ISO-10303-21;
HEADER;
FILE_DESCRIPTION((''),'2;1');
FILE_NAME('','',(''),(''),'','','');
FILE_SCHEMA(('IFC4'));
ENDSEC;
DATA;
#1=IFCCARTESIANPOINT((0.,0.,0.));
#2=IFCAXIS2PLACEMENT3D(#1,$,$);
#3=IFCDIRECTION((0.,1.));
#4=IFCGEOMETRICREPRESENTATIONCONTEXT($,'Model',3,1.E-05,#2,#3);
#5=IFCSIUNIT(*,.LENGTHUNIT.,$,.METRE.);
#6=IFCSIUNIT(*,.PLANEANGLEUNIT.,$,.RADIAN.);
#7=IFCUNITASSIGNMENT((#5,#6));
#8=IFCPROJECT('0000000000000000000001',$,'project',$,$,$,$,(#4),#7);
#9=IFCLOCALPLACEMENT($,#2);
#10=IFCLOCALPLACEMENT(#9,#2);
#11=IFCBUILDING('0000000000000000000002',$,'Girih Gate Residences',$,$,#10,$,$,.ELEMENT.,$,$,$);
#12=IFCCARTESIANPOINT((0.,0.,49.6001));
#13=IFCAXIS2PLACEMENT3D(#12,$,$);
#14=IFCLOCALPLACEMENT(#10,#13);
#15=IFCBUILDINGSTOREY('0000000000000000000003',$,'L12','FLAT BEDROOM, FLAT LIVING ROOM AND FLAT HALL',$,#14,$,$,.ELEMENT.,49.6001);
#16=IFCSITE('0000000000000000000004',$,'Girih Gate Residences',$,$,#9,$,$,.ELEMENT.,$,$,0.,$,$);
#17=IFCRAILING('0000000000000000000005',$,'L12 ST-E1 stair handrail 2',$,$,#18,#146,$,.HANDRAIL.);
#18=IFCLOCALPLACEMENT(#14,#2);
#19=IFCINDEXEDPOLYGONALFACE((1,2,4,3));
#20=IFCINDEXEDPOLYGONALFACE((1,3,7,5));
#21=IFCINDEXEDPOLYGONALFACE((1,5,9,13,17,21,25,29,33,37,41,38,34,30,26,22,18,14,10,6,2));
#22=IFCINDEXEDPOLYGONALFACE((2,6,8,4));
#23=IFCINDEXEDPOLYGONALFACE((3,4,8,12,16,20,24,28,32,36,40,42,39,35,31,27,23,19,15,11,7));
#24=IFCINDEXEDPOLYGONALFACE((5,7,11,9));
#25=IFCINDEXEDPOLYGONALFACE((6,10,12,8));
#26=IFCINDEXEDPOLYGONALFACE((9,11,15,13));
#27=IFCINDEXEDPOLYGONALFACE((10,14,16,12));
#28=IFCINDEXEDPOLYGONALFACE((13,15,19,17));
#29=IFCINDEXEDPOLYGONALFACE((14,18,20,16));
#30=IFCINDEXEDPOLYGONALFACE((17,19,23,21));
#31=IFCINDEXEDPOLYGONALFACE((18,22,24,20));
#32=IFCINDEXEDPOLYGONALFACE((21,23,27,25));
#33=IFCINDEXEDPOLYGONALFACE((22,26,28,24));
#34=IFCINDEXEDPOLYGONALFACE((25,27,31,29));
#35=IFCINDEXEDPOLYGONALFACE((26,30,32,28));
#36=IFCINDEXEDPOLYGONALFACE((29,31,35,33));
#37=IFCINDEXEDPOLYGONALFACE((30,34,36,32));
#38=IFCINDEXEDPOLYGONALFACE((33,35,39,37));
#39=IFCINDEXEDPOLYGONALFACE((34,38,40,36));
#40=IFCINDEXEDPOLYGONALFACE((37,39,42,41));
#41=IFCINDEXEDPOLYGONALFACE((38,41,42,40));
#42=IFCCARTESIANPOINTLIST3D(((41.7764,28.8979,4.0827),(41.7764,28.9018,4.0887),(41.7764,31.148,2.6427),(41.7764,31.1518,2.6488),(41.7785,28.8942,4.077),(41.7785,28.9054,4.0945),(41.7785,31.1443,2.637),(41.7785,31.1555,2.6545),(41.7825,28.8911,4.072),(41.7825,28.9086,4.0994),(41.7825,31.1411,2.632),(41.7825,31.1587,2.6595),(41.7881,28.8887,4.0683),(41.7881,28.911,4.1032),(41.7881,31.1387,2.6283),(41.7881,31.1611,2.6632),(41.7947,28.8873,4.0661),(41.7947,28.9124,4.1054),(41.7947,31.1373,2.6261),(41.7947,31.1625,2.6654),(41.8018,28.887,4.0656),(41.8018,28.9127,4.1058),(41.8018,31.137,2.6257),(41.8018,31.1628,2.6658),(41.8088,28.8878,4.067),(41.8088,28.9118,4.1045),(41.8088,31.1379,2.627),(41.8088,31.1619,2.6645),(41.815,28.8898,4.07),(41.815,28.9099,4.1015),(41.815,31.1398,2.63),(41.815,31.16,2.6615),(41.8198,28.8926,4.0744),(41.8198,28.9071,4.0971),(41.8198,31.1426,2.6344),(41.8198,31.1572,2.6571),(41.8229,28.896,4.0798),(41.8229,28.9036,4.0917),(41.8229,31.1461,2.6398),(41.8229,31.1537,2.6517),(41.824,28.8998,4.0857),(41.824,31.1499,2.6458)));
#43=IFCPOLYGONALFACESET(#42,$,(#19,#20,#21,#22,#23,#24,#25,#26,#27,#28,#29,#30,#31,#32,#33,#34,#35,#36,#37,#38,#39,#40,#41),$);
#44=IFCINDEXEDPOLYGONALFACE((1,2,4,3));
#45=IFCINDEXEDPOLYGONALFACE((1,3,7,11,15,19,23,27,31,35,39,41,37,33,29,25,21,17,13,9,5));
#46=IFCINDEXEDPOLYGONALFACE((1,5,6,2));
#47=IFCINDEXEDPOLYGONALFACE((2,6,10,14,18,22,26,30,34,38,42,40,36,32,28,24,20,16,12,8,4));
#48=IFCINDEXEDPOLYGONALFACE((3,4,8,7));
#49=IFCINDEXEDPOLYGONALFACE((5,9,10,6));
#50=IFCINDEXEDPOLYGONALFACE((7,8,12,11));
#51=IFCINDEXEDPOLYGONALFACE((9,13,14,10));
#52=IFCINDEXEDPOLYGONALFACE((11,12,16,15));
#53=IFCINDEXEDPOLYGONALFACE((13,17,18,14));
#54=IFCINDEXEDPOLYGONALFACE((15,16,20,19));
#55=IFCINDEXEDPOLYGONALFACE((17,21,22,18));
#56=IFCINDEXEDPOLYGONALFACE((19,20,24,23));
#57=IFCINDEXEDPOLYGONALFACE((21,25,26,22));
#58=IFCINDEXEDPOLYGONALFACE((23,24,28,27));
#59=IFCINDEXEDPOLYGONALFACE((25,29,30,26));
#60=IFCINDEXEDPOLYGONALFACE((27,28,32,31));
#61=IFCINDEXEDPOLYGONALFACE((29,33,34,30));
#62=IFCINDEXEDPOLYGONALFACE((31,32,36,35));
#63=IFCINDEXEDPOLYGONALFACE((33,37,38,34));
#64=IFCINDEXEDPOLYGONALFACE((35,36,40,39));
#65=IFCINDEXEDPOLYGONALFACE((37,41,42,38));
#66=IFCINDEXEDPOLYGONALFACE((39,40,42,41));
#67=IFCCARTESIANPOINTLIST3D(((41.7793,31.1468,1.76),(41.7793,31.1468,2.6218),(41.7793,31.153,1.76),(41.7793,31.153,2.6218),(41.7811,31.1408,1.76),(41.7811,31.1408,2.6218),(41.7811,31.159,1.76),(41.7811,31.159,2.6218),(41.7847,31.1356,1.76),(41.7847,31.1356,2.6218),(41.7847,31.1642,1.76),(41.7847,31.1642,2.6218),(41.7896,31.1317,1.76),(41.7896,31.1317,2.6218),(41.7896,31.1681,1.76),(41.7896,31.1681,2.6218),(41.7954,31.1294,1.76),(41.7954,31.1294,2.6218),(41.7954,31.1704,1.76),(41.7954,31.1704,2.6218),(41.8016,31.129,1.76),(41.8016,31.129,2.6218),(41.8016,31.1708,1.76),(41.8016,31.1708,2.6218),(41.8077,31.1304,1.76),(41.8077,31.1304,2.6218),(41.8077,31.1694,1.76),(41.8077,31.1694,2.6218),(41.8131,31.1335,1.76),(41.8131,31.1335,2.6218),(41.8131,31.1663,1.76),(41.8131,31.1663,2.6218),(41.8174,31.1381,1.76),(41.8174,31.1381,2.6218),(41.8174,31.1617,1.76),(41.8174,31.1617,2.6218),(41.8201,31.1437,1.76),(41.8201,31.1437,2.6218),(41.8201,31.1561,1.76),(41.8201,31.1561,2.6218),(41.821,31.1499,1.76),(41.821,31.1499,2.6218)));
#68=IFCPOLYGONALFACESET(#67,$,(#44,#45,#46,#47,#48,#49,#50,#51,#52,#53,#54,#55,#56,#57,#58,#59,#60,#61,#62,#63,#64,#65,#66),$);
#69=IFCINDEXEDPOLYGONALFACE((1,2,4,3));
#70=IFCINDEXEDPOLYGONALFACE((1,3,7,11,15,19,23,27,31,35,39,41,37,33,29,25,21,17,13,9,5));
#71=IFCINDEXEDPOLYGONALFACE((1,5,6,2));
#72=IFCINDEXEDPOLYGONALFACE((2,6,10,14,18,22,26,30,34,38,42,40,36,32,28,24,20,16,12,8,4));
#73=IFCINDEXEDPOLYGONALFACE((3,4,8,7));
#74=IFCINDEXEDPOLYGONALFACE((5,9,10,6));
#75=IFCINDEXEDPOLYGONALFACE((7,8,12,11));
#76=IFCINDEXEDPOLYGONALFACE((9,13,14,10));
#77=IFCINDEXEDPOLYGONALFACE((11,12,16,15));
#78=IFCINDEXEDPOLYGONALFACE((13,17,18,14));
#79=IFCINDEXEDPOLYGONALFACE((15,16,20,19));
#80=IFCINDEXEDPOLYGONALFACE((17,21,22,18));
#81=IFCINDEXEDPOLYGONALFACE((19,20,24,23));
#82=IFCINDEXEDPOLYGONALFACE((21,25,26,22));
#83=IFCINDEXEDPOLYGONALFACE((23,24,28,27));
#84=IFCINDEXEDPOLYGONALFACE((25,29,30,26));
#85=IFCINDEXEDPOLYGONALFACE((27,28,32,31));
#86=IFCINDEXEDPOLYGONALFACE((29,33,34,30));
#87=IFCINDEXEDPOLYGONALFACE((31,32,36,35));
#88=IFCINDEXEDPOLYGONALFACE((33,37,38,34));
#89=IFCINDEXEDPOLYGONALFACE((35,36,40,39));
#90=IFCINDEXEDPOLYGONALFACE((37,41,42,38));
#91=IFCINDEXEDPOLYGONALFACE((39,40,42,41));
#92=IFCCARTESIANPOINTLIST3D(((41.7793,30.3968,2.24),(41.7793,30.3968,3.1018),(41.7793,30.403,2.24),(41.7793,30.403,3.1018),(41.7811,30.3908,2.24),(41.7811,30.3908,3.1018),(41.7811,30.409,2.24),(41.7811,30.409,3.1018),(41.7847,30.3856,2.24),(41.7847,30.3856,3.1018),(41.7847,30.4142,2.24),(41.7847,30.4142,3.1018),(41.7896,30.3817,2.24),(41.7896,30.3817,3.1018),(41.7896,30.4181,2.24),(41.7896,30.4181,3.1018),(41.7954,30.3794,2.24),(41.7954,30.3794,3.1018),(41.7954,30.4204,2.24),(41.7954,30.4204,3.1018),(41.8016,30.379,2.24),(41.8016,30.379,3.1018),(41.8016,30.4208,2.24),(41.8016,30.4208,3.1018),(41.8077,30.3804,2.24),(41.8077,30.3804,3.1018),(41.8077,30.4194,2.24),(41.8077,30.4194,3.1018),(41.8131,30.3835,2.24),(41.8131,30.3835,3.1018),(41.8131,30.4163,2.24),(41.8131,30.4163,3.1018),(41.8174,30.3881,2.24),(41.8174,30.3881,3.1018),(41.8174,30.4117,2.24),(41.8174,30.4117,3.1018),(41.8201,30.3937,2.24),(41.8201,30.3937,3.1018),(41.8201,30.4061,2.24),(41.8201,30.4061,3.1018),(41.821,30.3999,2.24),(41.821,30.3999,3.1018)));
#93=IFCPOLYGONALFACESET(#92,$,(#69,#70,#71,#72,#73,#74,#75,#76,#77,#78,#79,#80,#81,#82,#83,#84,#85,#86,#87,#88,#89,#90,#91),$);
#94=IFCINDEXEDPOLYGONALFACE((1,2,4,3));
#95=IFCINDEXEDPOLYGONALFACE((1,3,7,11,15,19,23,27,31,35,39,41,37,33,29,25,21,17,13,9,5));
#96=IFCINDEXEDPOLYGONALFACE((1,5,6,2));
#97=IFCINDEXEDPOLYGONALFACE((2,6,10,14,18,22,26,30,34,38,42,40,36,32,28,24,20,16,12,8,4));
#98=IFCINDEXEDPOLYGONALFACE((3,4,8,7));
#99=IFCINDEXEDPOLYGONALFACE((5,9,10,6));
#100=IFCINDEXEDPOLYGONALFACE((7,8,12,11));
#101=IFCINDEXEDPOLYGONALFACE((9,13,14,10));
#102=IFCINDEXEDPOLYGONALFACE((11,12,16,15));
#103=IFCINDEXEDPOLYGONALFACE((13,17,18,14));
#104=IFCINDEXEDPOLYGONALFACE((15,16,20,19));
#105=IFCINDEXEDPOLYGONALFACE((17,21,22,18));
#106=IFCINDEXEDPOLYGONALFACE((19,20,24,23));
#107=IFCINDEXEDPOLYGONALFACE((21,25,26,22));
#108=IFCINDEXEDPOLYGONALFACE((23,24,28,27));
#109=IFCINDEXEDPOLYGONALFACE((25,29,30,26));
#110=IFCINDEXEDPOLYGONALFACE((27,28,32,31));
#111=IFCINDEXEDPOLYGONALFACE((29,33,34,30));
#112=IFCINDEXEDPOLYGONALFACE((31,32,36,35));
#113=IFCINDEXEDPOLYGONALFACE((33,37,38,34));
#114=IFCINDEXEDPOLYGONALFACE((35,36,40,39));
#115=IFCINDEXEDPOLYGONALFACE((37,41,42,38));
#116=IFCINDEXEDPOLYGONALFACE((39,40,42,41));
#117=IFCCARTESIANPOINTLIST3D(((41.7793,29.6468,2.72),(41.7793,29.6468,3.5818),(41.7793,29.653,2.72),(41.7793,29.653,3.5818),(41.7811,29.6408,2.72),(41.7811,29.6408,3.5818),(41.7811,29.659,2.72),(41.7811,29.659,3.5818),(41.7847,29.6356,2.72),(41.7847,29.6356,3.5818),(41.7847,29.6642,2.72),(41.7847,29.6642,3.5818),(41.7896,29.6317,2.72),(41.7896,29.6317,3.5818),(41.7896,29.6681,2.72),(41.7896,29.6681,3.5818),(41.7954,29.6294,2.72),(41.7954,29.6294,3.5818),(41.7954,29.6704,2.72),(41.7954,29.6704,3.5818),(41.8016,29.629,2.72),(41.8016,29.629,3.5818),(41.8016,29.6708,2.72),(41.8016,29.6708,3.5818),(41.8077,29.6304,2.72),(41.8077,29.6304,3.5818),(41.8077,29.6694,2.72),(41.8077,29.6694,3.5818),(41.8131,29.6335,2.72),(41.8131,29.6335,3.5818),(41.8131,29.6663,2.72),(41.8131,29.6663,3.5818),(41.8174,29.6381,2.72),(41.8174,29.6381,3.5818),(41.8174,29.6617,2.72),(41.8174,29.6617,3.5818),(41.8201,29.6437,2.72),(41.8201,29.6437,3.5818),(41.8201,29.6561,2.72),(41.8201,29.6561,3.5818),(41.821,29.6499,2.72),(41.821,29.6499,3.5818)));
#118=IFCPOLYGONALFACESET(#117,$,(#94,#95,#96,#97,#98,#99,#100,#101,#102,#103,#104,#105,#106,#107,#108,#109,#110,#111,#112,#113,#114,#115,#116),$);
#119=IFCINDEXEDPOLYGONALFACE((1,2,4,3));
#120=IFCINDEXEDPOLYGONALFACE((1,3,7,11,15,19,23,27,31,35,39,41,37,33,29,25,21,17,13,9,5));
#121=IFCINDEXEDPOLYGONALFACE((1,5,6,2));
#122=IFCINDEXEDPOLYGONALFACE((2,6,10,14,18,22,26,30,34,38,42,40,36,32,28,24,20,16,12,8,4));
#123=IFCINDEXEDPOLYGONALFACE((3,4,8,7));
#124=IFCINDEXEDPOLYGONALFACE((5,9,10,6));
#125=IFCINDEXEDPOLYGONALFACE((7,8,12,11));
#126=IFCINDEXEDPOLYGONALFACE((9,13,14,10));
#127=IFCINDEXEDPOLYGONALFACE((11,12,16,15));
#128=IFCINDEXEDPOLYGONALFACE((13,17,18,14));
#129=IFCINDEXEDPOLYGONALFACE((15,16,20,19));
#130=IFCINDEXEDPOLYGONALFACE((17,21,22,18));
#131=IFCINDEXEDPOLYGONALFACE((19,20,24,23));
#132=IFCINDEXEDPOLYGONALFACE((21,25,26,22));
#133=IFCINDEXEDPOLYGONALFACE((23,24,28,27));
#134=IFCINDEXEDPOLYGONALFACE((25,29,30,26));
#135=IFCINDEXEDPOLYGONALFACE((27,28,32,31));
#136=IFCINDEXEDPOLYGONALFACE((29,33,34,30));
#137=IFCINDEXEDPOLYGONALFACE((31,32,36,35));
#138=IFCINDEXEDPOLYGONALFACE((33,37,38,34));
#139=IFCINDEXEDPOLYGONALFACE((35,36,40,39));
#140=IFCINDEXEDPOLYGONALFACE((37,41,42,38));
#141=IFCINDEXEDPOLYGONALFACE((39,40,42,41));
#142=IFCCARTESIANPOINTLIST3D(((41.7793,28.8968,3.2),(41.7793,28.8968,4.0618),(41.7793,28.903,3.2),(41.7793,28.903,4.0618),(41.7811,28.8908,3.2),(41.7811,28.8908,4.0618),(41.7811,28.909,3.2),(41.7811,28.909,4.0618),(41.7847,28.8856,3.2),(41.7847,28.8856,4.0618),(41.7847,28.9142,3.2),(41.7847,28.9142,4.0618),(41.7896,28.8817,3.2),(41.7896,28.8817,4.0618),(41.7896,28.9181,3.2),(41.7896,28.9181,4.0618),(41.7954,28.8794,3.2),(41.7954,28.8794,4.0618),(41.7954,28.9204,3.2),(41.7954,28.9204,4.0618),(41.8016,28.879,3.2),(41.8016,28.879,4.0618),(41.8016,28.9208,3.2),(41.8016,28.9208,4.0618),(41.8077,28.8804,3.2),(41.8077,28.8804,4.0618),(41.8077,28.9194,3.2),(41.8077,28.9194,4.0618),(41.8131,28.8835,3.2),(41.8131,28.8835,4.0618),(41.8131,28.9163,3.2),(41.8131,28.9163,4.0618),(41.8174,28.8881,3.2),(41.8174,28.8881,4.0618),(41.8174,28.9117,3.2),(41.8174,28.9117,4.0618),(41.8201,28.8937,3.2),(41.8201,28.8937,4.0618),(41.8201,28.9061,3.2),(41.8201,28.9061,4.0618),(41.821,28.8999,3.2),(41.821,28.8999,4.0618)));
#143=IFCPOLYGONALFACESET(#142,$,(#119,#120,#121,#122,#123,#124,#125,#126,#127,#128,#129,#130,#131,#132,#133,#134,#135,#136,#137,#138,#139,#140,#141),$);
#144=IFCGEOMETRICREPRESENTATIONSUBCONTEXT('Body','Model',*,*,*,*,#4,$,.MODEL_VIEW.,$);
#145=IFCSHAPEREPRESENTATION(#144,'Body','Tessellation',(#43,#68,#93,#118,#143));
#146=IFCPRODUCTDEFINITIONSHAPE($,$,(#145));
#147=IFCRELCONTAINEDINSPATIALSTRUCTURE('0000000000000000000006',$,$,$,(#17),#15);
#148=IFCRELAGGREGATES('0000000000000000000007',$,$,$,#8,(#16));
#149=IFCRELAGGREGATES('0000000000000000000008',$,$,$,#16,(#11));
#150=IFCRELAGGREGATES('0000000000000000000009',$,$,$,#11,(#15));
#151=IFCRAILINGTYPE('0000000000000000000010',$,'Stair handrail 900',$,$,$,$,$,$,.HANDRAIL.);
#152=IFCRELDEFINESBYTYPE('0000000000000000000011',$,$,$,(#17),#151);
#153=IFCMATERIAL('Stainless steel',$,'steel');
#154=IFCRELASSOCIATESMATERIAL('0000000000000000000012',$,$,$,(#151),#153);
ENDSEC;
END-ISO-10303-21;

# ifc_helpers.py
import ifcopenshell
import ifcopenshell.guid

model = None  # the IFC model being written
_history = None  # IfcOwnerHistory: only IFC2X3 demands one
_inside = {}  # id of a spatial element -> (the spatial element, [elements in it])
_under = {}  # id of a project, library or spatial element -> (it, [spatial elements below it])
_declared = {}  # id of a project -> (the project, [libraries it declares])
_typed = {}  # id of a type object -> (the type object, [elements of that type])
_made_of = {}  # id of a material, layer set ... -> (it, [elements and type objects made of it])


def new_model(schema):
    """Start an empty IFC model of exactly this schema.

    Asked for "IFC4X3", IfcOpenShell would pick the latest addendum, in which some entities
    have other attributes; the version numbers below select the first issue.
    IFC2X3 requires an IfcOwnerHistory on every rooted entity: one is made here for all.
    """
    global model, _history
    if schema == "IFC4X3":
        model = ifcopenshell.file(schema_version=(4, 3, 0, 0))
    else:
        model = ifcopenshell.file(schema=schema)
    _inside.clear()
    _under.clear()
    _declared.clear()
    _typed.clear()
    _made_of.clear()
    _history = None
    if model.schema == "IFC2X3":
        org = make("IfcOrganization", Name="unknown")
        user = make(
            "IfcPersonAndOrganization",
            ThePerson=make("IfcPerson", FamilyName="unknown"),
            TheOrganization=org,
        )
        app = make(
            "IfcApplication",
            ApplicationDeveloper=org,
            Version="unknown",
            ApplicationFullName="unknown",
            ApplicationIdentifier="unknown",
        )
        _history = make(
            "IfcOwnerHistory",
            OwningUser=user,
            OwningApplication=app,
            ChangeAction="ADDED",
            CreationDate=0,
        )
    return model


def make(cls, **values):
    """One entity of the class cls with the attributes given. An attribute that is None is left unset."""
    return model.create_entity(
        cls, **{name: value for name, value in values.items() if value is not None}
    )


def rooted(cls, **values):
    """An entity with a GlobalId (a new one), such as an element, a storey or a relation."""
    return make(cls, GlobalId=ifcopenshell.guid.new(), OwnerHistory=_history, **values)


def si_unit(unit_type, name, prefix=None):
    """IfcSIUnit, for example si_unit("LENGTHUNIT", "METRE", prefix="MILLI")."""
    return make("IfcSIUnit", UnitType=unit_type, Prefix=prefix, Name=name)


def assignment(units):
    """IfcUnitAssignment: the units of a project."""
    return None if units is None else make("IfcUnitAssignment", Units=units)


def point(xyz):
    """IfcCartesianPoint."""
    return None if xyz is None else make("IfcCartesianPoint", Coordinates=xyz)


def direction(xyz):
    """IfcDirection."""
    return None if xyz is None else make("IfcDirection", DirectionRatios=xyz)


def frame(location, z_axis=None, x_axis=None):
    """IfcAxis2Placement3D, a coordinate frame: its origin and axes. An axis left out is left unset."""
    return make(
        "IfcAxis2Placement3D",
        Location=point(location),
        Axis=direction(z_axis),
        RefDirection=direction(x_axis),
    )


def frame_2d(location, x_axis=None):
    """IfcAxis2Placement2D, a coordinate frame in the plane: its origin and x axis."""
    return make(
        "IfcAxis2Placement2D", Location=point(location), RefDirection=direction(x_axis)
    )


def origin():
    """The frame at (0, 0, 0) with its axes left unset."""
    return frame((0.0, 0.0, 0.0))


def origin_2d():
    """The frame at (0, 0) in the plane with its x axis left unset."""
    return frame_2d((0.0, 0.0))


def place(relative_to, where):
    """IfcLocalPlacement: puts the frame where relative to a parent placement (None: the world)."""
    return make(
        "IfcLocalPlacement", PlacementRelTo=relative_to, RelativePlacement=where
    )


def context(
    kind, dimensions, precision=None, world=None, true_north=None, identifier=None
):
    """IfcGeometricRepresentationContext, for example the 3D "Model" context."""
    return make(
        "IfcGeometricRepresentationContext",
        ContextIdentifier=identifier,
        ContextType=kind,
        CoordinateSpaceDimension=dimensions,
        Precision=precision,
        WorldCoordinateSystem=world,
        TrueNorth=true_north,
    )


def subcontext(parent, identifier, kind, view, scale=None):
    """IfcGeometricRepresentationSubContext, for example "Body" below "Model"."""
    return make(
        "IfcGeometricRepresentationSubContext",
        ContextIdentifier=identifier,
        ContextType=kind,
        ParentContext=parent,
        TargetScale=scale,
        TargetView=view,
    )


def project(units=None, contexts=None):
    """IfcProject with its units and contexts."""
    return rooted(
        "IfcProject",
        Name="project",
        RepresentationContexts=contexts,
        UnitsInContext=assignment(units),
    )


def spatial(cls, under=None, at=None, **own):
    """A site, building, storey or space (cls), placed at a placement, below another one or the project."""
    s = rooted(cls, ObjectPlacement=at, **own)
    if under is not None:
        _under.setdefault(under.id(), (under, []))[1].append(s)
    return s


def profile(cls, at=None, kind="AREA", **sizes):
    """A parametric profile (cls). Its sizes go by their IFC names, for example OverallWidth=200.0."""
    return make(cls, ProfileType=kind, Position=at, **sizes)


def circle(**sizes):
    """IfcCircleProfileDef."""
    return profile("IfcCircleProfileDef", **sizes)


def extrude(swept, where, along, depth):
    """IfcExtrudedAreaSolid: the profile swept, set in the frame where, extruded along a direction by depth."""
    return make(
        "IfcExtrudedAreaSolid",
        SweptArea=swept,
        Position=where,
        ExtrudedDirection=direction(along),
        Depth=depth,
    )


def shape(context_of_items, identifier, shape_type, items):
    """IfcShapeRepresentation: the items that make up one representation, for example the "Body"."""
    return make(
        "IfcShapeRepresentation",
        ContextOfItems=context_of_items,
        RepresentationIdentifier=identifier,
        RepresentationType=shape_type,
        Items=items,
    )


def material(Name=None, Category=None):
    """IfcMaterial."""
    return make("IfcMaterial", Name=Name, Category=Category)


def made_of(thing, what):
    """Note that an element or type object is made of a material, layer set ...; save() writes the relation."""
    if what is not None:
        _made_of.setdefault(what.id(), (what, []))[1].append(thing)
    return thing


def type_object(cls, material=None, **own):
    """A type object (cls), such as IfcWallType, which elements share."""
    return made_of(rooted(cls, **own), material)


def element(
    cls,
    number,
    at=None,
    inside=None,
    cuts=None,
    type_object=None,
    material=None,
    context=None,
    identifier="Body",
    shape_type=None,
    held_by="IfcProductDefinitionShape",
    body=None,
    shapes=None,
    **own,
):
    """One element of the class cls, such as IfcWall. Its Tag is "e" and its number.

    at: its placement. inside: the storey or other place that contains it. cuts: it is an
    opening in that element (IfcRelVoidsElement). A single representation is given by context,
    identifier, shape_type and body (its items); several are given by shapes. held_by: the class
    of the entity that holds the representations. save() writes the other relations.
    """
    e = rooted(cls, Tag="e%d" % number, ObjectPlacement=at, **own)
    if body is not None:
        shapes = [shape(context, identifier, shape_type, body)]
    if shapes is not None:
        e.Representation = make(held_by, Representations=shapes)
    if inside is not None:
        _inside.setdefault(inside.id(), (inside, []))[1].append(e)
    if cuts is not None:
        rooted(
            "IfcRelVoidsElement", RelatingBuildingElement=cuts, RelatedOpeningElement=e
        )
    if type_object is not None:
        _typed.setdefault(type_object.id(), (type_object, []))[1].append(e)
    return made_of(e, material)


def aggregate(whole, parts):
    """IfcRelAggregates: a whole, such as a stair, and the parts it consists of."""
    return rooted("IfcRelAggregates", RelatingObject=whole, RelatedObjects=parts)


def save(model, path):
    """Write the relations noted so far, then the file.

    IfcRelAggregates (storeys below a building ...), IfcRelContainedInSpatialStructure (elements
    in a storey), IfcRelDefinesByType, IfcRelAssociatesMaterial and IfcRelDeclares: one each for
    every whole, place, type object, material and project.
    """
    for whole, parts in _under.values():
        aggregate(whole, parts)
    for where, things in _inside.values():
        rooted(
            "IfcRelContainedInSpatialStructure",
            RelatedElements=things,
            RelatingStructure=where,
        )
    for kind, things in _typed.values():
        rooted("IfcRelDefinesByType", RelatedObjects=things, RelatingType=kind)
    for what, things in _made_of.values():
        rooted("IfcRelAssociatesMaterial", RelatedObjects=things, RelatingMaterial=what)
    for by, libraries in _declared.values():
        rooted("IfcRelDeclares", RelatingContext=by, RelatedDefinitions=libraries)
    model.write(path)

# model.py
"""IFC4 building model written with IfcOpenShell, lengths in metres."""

from ifc_helpers import new_model, si_unit, direction, frame, origin, origin_2d, place, context, subcontext, project, spatial, circle, extrude, material, type_object, element, save


model = new_model("IFC4")

# Units and contexts
model_context = context("Model", 3, precision=1e-05, world=origin(), true_north=direction((0.0, 1.0)))
body_context = subcontext(model_context, "Body", "Model", "MODEL_VIEW")
ifc_project = project(units=[si_unit("LENGTHUNIT", "METRE"), si_unit("PLANEANGLEUNIT", "RADIAN")], contexts=[model_context])

# Site, building, storey
site_placement = place(None, origin())
site = spatial("IfcSite", under=ifc_project, at=site_placement, Name="Girih Gate Residences", CompositionType="ELEMENT", RefElevation=0.0)
building_placement = place(site_placement, origin())
building = spatial("IfcBuilding", under=site, at=building_placement, Name="Girih Gate Residences", CompositionType="ELEMENT")
storey_placement = place(building_placement, frame((0.0, 0.0, 49.6001)))
storey = spatial("IfcBuildingStorey", under=building, at=storey_placement, Name="L12", Description="FLAT BEDROOM, FLAT LIVING ROOM AND FLAT HALL", CompositionType="ELEMENT", Elevation=49.6001)

# Railing
ifc_material_1 = material(Name="Stainless steel", Category="steel")
railing_type_1 = type_object("IfcRailingType", Name="Stair handrail 900", PredefinedType="HANDRAIL", material=ifc_material_1)
railing_1_placement = place(storey_placement, frame((41.8, 31.1499, 1.76)))
element("IfcRailing", 1, at=railing_1_placement, inside=storey, type_object=railing_type_1, Name="L12 ST-E1 stair handrail 2", PredefinedType="HANDRAIL", context=body_context, shape_type="SweptSolid", body=[
    extrude(circle(Radius=0.0239, at=origin_2d()), frame((0.0, 0.0, 0.8857), z_axis=(0.0, -0.842281, 0.539038), x_axis=(1.0, 0.0, 0.0)), (0.0, 0.0, 1.0), 2.6714),
    extrude(circle(Radius=0.021, at=origin_2d()), origin(), (0.0, 0.0, 1.0), 0.8618),
    extrude(circle(Radius=0.021, at=origin_2d()), frame((0.0, -0.75, 0.48)), (0.0, 0.0, 1.0), 0.8618),
    extrude(circle(Radius=0.021, at=origin_2d()), frame((0.0, -1.5, 0.96)), (0.0, 0.0, 1.0), 0.8618),
    extrude(circle(Radius=0.021, at=origin_2d()), frame((0.0, -2.25, 1.4399)), (0.0, 0.0, 1.0), 0.8618),
])

save(model, "model.ifc")
